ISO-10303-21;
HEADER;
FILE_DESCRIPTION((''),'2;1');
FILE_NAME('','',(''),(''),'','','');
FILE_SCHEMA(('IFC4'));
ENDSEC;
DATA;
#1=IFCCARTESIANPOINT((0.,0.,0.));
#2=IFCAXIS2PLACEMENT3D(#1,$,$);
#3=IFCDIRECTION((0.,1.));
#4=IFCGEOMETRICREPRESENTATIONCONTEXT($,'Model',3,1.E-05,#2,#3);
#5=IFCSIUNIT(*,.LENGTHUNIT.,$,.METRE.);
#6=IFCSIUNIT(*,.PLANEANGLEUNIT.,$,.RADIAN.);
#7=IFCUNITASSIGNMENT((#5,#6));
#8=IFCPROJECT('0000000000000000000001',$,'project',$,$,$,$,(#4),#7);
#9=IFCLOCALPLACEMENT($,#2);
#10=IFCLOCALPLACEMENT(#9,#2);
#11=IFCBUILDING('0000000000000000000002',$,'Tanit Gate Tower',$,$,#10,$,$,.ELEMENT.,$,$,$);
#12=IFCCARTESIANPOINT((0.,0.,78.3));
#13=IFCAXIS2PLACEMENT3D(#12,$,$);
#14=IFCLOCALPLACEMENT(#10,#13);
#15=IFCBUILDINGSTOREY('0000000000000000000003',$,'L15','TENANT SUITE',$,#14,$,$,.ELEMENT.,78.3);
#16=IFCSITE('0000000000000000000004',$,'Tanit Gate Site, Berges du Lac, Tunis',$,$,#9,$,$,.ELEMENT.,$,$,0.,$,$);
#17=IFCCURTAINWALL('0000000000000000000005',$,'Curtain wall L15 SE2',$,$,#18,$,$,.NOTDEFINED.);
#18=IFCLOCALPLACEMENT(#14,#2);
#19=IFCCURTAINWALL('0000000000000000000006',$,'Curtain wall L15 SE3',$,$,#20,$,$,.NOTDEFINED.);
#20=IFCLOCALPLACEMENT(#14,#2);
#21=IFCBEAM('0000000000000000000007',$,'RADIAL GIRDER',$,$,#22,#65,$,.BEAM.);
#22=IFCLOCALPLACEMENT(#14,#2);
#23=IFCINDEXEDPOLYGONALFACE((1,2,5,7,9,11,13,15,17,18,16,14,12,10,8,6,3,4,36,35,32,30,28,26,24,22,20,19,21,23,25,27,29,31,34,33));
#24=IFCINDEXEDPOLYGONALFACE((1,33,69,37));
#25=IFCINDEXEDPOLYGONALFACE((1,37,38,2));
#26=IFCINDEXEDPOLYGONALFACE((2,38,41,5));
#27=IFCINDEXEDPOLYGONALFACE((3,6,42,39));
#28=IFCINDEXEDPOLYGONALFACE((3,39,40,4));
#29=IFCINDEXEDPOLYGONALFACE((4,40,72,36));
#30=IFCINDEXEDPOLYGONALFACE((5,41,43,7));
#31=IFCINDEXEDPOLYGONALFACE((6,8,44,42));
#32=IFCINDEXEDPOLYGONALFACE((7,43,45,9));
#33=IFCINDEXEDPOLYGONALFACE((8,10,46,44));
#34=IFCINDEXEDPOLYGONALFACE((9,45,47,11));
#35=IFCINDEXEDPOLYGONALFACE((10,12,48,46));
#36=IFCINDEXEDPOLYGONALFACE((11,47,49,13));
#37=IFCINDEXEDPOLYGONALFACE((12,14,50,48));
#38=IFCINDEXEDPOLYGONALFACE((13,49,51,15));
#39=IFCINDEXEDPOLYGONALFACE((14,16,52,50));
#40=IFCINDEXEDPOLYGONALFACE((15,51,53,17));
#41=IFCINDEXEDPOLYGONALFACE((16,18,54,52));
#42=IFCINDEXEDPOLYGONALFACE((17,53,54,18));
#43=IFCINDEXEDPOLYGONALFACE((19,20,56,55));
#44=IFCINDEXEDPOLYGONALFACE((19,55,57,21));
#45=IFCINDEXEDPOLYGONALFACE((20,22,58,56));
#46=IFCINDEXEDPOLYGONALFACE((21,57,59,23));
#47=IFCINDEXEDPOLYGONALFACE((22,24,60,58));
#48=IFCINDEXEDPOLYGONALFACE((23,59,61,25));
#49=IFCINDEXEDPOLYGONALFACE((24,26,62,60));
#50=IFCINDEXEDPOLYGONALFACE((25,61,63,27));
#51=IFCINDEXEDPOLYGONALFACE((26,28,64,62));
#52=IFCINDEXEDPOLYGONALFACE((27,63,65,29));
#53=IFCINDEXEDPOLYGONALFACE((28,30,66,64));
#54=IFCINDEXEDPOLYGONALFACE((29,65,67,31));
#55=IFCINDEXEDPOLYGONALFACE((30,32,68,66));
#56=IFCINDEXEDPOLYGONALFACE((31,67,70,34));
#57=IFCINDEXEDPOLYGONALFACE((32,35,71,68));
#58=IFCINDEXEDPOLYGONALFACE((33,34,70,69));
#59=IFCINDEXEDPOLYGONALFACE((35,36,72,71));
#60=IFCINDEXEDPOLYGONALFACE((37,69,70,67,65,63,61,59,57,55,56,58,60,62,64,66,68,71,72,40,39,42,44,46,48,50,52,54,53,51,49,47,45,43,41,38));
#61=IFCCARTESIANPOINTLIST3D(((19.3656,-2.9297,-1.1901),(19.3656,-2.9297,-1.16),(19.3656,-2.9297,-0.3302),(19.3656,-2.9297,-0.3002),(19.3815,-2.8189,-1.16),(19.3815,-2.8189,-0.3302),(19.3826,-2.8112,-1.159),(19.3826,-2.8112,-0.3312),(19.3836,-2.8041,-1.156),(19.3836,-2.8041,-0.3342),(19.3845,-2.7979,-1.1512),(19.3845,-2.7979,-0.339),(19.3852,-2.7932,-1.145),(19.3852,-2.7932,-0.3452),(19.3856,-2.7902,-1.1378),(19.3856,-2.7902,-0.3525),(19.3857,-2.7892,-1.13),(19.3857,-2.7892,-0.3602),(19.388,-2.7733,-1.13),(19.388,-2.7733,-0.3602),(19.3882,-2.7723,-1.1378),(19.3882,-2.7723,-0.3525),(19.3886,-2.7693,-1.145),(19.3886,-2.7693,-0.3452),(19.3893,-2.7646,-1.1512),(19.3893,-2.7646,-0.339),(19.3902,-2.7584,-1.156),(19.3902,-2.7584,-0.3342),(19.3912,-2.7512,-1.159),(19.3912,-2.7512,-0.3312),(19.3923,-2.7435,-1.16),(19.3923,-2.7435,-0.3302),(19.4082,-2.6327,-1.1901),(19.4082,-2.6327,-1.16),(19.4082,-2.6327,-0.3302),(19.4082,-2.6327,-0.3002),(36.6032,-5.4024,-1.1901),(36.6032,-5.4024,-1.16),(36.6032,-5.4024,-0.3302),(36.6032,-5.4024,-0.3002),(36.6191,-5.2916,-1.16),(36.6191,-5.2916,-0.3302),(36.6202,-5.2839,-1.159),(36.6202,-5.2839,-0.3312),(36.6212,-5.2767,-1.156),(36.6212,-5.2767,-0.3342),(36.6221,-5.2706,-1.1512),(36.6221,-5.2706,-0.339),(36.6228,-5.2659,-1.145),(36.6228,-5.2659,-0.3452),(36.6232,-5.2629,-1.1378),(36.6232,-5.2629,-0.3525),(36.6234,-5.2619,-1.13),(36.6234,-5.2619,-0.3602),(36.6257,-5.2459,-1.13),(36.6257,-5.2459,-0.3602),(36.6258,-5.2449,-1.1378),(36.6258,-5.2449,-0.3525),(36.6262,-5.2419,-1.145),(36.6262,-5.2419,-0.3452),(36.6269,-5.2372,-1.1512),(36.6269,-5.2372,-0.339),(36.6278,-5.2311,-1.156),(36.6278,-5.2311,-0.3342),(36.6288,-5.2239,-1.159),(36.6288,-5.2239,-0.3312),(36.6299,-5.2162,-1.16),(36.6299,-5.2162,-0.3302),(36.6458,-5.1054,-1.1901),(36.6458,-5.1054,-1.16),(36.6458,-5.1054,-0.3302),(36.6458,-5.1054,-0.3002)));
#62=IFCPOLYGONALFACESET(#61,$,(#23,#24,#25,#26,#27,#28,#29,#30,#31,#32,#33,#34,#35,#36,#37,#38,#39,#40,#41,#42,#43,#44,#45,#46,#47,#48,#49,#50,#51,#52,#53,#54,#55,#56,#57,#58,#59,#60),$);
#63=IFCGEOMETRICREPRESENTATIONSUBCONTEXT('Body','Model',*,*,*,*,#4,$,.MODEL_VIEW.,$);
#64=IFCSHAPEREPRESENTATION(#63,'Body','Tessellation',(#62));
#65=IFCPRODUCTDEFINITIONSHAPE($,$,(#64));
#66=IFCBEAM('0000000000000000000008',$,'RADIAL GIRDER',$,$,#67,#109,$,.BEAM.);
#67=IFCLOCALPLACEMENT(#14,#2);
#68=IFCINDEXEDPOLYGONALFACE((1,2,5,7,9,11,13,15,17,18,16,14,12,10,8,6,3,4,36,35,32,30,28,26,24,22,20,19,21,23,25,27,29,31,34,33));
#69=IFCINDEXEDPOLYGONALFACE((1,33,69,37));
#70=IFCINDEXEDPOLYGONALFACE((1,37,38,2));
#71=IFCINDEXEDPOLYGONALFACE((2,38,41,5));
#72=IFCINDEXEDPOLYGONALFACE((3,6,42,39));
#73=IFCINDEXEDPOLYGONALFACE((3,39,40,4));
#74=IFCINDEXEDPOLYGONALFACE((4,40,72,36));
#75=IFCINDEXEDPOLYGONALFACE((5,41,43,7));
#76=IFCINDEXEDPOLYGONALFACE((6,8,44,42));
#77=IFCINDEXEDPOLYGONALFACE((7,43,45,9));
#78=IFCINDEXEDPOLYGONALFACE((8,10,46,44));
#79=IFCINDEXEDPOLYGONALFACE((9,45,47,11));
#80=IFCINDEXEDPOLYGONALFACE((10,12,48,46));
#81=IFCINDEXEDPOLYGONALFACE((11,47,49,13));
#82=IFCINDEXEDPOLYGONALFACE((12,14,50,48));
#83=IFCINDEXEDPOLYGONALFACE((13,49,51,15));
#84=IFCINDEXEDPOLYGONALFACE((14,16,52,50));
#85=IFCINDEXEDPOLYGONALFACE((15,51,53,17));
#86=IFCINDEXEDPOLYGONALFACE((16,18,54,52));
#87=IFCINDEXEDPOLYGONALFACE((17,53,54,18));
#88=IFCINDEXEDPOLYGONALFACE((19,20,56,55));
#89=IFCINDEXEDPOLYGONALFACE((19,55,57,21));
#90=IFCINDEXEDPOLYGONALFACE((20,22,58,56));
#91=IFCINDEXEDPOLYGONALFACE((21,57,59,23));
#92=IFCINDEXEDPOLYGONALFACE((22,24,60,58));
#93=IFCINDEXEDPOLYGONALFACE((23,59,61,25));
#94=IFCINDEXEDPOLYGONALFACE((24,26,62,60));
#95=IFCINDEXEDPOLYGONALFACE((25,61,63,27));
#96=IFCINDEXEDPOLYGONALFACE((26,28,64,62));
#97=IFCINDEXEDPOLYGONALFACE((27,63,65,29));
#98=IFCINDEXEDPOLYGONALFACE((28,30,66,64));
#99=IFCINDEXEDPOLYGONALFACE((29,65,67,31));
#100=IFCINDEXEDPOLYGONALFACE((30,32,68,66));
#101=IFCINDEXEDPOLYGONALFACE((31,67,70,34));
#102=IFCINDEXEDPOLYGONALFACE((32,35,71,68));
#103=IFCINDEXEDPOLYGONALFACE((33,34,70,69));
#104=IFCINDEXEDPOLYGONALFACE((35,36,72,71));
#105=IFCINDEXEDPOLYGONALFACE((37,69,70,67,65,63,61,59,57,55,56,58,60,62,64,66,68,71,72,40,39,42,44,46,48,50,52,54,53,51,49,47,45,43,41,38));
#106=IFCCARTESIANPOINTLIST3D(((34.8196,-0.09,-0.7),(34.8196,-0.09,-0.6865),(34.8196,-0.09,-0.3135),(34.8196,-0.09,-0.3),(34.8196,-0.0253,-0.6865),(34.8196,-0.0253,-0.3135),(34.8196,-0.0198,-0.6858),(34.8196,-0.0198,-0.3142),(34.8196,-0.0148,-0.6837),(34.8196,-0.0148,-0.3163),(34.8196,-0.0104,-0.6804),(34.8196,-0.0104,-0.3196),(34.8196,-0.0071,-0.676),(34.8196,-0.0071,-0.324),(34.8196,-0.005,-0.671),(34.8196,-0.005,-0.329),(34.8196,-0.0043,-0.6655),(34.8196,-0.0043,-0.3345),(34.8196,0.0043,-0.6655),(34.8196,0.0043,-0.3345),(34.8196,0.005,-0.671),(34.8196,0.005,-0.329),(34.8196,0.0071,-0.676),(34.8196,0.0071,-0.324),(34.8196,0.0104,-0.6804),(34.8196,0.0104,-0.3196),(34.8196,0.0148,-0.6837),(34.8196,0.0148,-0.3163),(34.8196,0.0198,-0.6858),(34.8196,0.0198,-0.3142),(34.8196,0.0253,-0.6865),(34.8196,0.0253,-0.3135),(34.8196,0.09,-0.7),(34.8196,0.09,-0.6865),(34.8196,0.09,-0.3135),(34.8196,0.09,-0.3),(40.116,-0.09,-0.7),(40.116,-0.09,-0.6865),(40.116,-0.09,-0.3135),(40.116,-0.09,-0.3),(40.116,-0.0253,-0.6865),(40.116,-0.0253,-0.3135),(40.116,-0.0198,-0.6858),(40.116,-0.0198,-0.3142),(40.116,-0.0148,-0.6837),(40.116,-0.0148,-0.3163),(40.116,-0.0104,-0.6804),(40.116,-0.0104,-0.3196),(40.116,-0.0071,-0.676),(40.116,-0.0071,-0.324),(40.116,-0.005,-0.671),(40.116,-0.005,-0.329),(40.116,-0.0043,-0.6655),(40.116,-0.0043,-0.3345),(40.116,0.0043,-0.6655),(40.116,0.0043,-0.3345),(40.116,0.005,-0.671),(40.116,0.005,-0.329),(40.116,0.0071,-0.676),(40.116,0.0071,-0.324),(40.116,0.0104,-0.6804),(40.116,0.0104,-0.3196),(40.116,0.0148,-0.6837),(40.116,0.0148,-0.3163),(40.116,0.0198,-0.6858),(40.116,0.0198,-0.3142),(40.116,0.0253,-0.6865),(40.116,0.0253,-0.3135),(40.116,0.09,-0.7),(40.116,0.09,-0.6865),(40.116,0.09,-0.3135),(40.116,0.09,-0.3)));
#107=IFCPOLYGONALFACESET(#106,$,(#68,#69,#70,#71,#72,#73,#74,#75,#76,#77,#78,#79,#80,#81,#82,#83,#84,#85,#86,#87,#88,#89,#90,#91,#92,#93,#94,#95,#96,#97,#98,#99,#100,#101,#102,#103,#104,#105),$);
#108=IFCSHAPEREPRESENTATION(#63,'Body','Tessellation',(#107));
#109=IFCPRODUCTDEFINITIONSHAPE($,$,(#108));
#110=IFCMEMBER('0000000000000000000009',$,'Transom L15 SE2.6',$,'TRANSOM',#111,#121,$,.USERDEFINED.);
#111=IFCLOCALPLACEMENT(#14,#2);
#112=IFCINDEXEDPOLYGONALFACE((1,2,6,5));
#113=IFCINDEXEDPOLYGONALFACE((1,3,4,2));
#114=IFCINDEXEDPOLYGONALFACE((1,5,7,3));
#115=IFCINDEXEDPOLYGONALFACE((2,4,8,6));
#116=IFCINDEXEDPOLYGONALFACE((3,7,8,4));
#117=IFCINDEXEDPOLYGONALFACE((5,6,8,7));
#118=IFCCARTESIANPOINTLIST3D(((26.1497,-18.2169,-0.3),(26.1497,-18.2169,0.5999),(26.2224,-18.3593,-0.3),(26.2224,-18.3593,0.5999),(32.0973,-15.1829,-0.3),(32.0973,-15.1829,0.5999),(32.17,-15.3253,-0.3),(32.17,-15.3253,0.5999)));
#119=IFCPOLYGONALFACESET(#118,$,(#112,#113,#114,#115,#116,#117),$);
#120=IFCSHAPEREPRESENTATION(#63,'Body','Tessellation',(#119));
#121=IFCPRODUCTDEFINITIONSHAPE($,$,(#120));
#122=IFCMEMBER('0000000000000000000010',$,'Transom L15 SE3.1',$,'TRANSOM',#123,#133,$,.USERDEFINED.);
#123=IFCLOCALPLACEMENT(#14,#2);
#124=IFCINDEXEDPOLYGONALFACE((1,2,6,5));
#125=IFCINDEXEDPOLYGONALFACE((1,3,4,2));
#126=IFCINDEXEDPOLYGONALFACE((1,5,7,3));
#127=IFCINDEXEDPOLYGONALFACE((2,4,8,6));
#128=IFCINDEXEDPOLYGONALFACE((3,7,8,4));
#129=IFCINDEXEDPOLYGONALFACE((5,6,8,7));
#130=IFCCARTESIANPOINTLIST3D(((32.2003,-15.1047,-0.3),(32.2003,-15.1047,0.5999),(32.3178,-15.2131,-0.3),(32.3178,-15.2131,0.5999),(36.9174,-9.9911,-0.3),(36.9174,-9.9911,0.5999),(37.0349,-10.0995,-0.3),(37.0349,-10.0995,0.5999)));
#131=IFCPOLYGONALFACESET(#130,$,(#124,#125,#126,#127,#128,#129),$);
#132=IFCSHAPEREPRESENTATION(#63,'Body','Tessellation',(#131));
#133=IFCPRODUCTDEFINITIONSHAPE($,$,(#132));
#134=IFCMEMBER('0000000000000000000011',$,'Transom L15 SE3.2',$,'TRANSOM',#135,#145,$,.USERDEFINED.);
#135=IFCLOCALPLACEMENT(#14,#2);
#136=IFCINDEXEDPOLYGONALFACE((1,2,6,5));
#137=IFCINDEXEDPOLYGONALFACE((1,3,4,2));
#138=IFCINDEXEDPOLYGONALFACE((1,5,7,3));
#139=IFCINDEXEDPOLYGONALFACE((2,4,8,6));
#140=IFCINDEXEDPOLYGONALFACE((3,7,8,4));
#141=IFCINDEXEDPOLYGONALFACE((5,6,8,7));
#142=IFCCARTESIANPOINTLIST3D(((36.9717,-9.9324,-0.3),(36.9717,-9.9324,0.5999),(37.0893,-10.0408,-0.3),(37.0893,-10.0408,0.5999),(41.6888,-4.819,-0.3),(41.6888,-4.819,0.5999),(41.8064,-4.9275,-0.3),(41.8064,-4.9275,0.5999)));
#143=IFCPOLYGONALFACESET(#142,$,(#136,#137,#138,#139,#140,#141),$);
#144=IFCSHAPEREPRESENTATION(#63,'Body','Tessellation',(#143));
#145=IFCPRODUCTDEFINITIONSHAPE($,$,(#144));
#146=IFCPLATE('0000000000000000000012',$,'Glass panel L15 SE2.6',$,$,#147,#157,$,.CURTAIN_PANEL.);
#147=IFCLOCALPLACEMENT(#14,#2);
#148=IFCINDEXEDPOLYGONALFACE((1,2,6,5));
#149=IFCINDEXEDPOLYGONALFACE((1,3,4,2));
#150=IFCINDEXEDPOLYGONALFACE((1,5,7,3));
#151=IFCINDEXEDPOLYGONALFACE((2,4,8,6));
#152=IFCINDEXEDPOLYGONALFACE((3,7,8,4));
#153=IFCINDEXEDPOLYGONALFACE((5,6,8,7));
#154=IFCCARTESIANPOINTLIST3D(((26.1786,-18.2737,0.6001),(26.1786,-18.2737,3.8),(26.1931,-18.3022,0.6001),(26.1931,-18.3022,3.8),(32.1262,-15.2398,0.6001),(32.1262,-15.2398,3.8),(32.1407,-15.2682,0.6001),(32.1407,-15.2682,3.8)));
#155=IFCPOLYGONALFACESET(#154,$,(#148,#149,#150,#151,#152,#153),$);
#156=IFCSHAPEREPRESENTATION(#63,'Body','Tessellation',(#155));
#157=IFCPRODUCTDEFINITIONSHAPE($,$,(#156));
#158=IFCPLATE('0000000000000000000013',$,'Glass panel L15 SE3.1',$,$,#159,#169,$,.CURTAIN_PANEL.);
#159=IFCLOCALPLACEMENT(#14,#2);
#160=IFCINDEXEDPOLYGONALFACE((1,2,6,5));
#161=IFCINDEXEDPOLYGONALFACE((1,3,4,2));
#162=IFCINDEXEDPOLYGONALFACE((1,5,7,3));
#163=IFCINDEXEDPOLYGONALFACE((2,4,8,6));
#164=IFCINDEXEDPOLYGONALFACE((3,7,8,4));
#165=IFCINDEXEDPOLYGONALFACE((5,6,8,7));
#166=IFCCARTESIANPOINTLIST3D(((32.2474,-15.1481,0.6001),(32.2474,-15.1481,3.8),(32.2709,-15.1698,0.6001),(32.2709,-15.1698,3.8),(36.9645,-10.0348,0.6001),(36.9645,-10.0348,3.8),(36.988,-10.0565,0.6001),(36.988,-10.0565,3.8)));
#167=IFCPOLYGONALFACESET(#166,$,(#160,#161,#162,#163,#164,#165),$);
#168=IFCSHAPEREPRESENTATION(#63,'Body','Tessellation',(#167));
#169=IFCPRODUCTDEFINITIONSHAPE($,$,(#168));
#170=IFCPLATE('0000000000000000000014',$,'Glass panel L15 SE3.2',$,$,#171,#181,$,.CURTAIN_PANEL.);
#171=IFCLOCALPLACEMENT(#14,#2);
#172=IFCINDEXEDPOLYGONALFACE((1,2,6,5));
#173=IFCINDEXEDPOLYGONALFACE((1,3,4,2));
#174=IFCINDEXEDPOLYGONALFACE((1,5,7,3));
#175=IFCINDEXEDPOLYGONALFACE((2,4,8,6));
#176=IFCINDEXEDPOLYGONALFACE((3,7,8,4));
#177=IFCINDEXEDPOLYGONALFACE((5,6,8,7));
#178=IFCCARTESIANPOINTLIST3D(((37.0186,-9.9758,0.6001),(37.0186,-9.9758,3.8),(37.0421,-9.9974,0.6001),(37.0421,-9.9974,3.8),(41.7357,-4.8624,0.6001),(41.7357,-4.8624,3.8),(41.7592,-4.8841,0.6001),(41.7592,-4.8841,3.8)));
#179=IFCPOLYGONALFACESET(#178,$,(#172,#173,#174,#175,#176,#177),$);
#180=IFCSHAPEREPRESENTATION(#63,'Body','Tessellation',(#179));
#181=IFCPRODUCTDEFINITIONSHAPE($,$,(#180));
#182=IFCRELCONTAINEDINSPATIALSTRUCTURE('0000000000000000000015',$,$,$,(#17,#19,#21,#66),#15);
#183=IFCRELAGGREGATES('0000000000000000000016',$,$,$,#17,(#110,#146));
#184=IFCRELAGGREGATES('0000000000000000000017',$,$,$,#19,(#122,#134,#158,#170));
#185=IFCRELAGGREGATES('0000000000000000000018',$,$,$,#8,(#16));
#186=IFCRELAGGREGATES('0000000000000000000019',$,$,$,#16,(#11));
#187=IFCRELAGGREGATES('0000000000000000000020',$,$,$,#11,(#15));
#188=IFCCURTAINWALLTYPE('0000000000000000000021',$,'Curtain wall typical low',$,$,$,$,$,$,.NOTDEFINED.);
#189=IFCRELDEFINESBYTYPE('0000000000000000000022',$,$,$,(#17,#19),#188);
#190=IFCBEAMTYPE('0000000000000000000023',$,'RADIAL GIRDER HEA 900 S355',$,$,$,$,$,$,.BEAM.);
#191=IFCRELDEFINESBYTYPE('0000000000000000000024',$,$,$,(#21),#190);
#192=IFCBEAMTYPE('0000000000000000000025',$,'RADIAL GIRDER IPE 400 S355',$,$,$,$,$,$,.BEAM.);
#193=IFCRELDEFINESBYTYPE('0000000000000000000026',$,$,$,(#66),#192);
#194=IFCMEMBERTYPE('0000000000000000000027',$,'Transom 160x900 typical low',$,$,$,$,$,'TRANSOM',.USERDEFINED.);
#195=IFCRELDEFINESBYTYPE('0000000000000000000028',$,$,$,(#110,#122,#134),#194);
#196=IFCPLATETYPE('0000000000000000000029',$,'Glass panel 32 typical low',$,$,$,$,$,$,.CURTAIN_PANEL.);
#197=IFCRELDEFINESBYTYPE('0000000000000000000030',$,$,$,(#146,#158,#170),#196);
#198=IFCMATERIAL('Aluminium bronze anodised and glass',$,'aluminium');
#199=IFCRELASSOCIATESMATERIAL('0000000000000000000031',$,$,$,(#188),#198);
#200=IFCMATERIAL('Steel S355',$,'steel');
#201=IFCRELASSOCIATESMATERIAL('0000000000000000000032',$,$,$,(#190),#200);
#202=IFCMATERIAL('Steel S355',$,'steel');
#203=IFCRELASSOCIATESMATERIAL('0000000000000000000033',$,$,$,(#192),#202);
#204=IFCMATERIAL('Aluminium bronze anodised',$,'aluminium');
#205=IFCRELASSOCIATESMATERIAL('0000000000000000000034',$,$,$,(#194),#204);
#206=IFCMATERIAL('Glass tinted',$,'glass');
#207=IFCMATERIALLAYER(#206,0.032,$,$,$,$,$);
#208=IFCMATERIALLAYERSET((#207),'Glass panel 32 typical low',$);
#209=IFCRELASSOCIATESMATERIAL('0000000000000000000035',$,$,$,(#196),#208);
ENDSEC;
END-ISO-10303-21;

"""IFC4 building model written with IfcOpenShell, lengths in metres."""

from ifc_helpers import new_model, si_unit, direction, frame, origin, origin_2d, place, context, subcontext, project, spatial, rectangle, i_section, extrude, material, layer, layer_set, material_profile, profile_set, type_object, element, aggregate, save


model = new_model("IFC4")

# Units and contexts
model_context = context("Model", 3, precision=1e-05, world=origin(), true_north=direction((0.0, 1.0)))
body_context = subcontext(model_context, "Body", "Model", "MODEL_VIEW")
ifc_project = project(units=[si_unit("LENGTHUNIT", "METRE"), si_unit("PLANEANGLEUNIT", "RADIAN")], contexts=[model_context])

# Site, building, storey
site_placement = place(None, origin())
site = spatial("IfcSite", under=ifc_project, at=site_placement, Name="Tanit Gate Site, Berges du Lac, Tunis", CompositionType="ELEMENT", RefElevation=0.0)
building_placement = place(site_placement, origin())
building = spatial("IfcBuilding", under=site, at=building_placement, Name="Tanit Gate Tower", CompositionType="ELEMENT")
storey_placement = place(building_placement, frame((0.0, 0.0, 78.3)))
storey = spatial("IfcBuildingStorey", under=building, at=storey_placement, Name="L15", Description="TENANT SUITE", CompositionType="ELEMENT", Elevation=78.3)

# Curtain wall
ifc_material_1 = material(Name="Aluminium bronze anodised and glass", Category="aluminium")
curtain_wall_type = type_object("IfcCurtainWallType", Name="Curtain wall typical low", PredefinedType="NOTDEFINED", material=ifc_material_1)
curtain_wall_1_placement = place(storey_placement, origin())
curtain_wall_1 = element("IfcCurtainWall", 1, at=curtain_wall_1_placement, inside=storey, type_object=curtain_wall_type, Name="Curtain wall L15 SE2", PredefinedType="NOTDEFINED")

# Curtain wall
curtain_wall_2_placement = place(storey_placement, origin())
curtain_wall_2 = element("IfcCurtainWall", 2, at=curtain_wall_2_placement, inside=storey, type_object=curtain_wall_type, Name="Curtain wall L15 SE3", PredefinedType="NOTDEFINED")

# Beams
ifc_material_2 = material(Name="Steel S355", Category="steel")
ifc_material_profile_1 = material_profile(ifc_material_2, i_section(OverallWidth=0.3, OverallDepth=0.8899, WebThickness=0.0161, FlangeThickness=0.03, FilletRadius=0.03, at=origin_2d()), Name="HEA 900")
ifc_profile_set_1 = profile_set([ifc_material_profile_1], Name="Steel S355")
beam_type_1 = type_object("IfcBeamType", Name="RADIAL GIRDER HEA 900 S355", PredefinedType="BEAM", material=ifc_profile_set_1)
beam_1_placement = place(storey_placement, frame((36.6245, -5.2539, -0.7451), z_axis=(-0.989868, 0.141992, 0.0), x_axis=(-0.141992, -0.989868, 0.0)))
element("IfcBeam", 3, at=beam_1_placement, inside=storey, type_object=beam_type_1, Name="RADIAL GIRDER", PredefinedType="BEAM", context=body_context, shape_type="SweptSolid", body=[
    extrude(i_section(OverallWidth=0.3, OverallDepth=0.8899, WebThickness=0.0161, FlangeThickness=0.03, FilletRadius=0.03, at=origin_2d()), origin(), (0.0, 0.0, 1.0), 17.4141),
])
ifc_material_3 = material(Name="Steel S355", Category="steel")
ifc_material_profile_2 = material_profile(ifc_material_3, i_section(OverallWidth=0.1799, OverallDepth=0.3999, WebThickness=0.0085, FlangeThickness=0.0134, FilletRadius=0.021, at=origin_2d()), Name="IPE 400")
ifc_profile_set_2 = profile_set([ifc_material_profile_2], Name="Steel S355")
beam_type_2 = type_object("IfcBeamType", Name="RADIAL GIRDER IPE 400 S355", PredefinedType="BEAM", material=ifc_profile_set_2)
beam_2_placement = place(storey_placement, frame((40.116, 0.0, -0.5), z_axis=(-1.0, 0.0, 0.0), x_axis=(0.0, -1.0, 0.0)))
element("IfcBeam", 4, at=beam_2_placement, inside=storey, type_object=beam_type_2, Name="RADIAL GIRDER", PredefinedType="BEAM", context=body_context, shape_type="SweptSolid", body=[
    extrude(i_section(OverallWidth=0.1799, OverallDepth=0.3999, WebThickness=0.0085, FlangeThickness=0.0134, FilletRadius=0.021, at=origin_2d()), origin(), (0.0, 0.0, 1.0), 5.2964),
])

# Members
ifc_material_4 = material(Name="Aluminium bronze anodised", Category="aluminium")
ifc_material_profile_3 = material_profile(ifc_material_4, rectangle(XDim=0.1599, YDim=0.8999, at=origin_2d()), Name="160x900 bronze transom")
ifc_profile_set_3 = profile_set([ifc_material_profile_3], Name="Aluminium bronze anodised")
member_type_1 = type_object("IfcMemberType", Name="Transom 160x900 typical low", ElementType="TRANSOM", PredefinedType="USERDEFINED", material=ifc_profile_set_3)
member_1_placement = place(storey_placement, frame((26.186, -18.2881, 0.1499), z_axis=(0.890793, 0.45441, 0.0), x_axis=(-0.45441, 0.890793, 0.0)))
member_1 = element("IfcMember", 5, at=member_1_placement, type_object=member_type_1, Name="Transom L15 SE2.6", ObjectType="TRANSOM", PredefinedType="USERDEFINED", context=body_context, shape_type="SweptSolid", body=[
    extrude(rectangle(XDim=0.1599, YDim=0.8999, at=origin_2d()), origin(), (0.0, 0.0, 1.0), 6.6768),
])
member_2_placement = place(storey_placement, frame((32.259, -15.1589, 0.1499), z_axis=(0.678037, 0.735028, 0.0), x_axis=(-0.735028, 0.678037, 0.0)))
member_2 = element("IfcMember", 6, at=member_2_placement, type_object=member_type_1, Name="Transom L15 SE3.1", ObjectType="TRANSOM", PredefinedType="USERDEFINED", context=body_context, shape_type="SweptSolid", body=[
    extrude(rectangle(XDim=0.1599, YDim=0.8999, at=origin_2d()), origin(), (0.0, 0.0, 1.0), 6.957),
])
member_3_placement = place(storey_placement, frame((37.0305, -9.9866, 0.1499), z_axis=(0.678054, 0.735012, 0.0), x_axis=(-0.735012, 0.678054, 0.0)))
member_3 = element("IfcMember", 7, at=member_3_placement, type_object=member_type_1, Name="Transom L15 SE3.2", ObjectType="TRANSOM", PredefinedType="USERDEFINED", context=body_context, shape_type="SweptSolid", body=[
    extrude(rectangle(XDim=0.1599, YDim=0.8999, at=origin_2d()), origin(), (0.0, 0.0, 1.0), 6.9568),
])

# Plates
ifc_material_5 = material(Name="Glass tinted", Category="glass")
ifc_layer_1 = layer(ifc_material_5, 0.032)
ifc_layer_set_1 = layer_set([ifc_layer_1], Name="Glass panel 32 typical low")
plate_type = type_object("IfcPlateType", Name="Glass panel 32 typical low", PredefinedType="CURTAIN_PANEL", material=ifc_layer_set_1)
plate_1_placement = place(storey_placement, frame((29.1597, -16.771, 0.6001), z_axis=(0.0, 0.0, 1.0), x_axis=(0.890792, 0.454411, 0.0)))
plate_1 = element("IfcPlate", 8, at=plate_1_placement, type_object=plate_type, Name="Glass panel L15 SE2.6", PredefinedType="CURTAIN_PANEL", context=body_context, shape_type="SweptSolid", body=[
    extrude(rectangle(XDim=6.6768, YDim=0.032, at=origin_2d()), origin(), (0.0, 0.0, 1.0), 3.2),
])
aggregate(curtain_wall_1, [member_1, plate_1])
plate_2_placement = place(storey_placement, frame((34.6177, -12.6023, 0.6001), z_axis=(0.0, 0.0, 1.0), x_axis=(0.678053, 0.735013, 0.0)))
plate_2 = element("IfcPlate", 9, at=plate_2_placement, type_object=plate_type, Name="Glass panel L15 SE3.1", PredefinedType="CURTAIN_PANEL", context=body_context, shape_type="SweptSolid", body=[
    extrude(rectangle(XDim=6.9568, YDim=0.032, at=origin_2d()), origin(), (0.0, 0.0, 1.0), 3.2),
])
plate_3_placement = place(storey_placement, frame((39.3889, -7.4299, 0.6001), z_axis=(0.0, 0.0, 1.0), x_axis=(0.678053, 0.735013, 0.0)))
plate_3 = element("IfcPlate", 10, at=plate_3_placement, type_object=plate_type, Name="Glass panel L15 SE3.2", PredefinedType="CURTAIN_PANEL", context=body_context, shape_type="SweptSolid", body=[
    extrude(rectangle(XDim=6.9568, YDim=0.032, at=origin_2d()), origin(), (0.0, 0.0, 1.0), 3.2),
])
aggregate(curtain_wall_2, [member_2, member_3, plate_2, plate_3])

save(model, "model.ifc")
